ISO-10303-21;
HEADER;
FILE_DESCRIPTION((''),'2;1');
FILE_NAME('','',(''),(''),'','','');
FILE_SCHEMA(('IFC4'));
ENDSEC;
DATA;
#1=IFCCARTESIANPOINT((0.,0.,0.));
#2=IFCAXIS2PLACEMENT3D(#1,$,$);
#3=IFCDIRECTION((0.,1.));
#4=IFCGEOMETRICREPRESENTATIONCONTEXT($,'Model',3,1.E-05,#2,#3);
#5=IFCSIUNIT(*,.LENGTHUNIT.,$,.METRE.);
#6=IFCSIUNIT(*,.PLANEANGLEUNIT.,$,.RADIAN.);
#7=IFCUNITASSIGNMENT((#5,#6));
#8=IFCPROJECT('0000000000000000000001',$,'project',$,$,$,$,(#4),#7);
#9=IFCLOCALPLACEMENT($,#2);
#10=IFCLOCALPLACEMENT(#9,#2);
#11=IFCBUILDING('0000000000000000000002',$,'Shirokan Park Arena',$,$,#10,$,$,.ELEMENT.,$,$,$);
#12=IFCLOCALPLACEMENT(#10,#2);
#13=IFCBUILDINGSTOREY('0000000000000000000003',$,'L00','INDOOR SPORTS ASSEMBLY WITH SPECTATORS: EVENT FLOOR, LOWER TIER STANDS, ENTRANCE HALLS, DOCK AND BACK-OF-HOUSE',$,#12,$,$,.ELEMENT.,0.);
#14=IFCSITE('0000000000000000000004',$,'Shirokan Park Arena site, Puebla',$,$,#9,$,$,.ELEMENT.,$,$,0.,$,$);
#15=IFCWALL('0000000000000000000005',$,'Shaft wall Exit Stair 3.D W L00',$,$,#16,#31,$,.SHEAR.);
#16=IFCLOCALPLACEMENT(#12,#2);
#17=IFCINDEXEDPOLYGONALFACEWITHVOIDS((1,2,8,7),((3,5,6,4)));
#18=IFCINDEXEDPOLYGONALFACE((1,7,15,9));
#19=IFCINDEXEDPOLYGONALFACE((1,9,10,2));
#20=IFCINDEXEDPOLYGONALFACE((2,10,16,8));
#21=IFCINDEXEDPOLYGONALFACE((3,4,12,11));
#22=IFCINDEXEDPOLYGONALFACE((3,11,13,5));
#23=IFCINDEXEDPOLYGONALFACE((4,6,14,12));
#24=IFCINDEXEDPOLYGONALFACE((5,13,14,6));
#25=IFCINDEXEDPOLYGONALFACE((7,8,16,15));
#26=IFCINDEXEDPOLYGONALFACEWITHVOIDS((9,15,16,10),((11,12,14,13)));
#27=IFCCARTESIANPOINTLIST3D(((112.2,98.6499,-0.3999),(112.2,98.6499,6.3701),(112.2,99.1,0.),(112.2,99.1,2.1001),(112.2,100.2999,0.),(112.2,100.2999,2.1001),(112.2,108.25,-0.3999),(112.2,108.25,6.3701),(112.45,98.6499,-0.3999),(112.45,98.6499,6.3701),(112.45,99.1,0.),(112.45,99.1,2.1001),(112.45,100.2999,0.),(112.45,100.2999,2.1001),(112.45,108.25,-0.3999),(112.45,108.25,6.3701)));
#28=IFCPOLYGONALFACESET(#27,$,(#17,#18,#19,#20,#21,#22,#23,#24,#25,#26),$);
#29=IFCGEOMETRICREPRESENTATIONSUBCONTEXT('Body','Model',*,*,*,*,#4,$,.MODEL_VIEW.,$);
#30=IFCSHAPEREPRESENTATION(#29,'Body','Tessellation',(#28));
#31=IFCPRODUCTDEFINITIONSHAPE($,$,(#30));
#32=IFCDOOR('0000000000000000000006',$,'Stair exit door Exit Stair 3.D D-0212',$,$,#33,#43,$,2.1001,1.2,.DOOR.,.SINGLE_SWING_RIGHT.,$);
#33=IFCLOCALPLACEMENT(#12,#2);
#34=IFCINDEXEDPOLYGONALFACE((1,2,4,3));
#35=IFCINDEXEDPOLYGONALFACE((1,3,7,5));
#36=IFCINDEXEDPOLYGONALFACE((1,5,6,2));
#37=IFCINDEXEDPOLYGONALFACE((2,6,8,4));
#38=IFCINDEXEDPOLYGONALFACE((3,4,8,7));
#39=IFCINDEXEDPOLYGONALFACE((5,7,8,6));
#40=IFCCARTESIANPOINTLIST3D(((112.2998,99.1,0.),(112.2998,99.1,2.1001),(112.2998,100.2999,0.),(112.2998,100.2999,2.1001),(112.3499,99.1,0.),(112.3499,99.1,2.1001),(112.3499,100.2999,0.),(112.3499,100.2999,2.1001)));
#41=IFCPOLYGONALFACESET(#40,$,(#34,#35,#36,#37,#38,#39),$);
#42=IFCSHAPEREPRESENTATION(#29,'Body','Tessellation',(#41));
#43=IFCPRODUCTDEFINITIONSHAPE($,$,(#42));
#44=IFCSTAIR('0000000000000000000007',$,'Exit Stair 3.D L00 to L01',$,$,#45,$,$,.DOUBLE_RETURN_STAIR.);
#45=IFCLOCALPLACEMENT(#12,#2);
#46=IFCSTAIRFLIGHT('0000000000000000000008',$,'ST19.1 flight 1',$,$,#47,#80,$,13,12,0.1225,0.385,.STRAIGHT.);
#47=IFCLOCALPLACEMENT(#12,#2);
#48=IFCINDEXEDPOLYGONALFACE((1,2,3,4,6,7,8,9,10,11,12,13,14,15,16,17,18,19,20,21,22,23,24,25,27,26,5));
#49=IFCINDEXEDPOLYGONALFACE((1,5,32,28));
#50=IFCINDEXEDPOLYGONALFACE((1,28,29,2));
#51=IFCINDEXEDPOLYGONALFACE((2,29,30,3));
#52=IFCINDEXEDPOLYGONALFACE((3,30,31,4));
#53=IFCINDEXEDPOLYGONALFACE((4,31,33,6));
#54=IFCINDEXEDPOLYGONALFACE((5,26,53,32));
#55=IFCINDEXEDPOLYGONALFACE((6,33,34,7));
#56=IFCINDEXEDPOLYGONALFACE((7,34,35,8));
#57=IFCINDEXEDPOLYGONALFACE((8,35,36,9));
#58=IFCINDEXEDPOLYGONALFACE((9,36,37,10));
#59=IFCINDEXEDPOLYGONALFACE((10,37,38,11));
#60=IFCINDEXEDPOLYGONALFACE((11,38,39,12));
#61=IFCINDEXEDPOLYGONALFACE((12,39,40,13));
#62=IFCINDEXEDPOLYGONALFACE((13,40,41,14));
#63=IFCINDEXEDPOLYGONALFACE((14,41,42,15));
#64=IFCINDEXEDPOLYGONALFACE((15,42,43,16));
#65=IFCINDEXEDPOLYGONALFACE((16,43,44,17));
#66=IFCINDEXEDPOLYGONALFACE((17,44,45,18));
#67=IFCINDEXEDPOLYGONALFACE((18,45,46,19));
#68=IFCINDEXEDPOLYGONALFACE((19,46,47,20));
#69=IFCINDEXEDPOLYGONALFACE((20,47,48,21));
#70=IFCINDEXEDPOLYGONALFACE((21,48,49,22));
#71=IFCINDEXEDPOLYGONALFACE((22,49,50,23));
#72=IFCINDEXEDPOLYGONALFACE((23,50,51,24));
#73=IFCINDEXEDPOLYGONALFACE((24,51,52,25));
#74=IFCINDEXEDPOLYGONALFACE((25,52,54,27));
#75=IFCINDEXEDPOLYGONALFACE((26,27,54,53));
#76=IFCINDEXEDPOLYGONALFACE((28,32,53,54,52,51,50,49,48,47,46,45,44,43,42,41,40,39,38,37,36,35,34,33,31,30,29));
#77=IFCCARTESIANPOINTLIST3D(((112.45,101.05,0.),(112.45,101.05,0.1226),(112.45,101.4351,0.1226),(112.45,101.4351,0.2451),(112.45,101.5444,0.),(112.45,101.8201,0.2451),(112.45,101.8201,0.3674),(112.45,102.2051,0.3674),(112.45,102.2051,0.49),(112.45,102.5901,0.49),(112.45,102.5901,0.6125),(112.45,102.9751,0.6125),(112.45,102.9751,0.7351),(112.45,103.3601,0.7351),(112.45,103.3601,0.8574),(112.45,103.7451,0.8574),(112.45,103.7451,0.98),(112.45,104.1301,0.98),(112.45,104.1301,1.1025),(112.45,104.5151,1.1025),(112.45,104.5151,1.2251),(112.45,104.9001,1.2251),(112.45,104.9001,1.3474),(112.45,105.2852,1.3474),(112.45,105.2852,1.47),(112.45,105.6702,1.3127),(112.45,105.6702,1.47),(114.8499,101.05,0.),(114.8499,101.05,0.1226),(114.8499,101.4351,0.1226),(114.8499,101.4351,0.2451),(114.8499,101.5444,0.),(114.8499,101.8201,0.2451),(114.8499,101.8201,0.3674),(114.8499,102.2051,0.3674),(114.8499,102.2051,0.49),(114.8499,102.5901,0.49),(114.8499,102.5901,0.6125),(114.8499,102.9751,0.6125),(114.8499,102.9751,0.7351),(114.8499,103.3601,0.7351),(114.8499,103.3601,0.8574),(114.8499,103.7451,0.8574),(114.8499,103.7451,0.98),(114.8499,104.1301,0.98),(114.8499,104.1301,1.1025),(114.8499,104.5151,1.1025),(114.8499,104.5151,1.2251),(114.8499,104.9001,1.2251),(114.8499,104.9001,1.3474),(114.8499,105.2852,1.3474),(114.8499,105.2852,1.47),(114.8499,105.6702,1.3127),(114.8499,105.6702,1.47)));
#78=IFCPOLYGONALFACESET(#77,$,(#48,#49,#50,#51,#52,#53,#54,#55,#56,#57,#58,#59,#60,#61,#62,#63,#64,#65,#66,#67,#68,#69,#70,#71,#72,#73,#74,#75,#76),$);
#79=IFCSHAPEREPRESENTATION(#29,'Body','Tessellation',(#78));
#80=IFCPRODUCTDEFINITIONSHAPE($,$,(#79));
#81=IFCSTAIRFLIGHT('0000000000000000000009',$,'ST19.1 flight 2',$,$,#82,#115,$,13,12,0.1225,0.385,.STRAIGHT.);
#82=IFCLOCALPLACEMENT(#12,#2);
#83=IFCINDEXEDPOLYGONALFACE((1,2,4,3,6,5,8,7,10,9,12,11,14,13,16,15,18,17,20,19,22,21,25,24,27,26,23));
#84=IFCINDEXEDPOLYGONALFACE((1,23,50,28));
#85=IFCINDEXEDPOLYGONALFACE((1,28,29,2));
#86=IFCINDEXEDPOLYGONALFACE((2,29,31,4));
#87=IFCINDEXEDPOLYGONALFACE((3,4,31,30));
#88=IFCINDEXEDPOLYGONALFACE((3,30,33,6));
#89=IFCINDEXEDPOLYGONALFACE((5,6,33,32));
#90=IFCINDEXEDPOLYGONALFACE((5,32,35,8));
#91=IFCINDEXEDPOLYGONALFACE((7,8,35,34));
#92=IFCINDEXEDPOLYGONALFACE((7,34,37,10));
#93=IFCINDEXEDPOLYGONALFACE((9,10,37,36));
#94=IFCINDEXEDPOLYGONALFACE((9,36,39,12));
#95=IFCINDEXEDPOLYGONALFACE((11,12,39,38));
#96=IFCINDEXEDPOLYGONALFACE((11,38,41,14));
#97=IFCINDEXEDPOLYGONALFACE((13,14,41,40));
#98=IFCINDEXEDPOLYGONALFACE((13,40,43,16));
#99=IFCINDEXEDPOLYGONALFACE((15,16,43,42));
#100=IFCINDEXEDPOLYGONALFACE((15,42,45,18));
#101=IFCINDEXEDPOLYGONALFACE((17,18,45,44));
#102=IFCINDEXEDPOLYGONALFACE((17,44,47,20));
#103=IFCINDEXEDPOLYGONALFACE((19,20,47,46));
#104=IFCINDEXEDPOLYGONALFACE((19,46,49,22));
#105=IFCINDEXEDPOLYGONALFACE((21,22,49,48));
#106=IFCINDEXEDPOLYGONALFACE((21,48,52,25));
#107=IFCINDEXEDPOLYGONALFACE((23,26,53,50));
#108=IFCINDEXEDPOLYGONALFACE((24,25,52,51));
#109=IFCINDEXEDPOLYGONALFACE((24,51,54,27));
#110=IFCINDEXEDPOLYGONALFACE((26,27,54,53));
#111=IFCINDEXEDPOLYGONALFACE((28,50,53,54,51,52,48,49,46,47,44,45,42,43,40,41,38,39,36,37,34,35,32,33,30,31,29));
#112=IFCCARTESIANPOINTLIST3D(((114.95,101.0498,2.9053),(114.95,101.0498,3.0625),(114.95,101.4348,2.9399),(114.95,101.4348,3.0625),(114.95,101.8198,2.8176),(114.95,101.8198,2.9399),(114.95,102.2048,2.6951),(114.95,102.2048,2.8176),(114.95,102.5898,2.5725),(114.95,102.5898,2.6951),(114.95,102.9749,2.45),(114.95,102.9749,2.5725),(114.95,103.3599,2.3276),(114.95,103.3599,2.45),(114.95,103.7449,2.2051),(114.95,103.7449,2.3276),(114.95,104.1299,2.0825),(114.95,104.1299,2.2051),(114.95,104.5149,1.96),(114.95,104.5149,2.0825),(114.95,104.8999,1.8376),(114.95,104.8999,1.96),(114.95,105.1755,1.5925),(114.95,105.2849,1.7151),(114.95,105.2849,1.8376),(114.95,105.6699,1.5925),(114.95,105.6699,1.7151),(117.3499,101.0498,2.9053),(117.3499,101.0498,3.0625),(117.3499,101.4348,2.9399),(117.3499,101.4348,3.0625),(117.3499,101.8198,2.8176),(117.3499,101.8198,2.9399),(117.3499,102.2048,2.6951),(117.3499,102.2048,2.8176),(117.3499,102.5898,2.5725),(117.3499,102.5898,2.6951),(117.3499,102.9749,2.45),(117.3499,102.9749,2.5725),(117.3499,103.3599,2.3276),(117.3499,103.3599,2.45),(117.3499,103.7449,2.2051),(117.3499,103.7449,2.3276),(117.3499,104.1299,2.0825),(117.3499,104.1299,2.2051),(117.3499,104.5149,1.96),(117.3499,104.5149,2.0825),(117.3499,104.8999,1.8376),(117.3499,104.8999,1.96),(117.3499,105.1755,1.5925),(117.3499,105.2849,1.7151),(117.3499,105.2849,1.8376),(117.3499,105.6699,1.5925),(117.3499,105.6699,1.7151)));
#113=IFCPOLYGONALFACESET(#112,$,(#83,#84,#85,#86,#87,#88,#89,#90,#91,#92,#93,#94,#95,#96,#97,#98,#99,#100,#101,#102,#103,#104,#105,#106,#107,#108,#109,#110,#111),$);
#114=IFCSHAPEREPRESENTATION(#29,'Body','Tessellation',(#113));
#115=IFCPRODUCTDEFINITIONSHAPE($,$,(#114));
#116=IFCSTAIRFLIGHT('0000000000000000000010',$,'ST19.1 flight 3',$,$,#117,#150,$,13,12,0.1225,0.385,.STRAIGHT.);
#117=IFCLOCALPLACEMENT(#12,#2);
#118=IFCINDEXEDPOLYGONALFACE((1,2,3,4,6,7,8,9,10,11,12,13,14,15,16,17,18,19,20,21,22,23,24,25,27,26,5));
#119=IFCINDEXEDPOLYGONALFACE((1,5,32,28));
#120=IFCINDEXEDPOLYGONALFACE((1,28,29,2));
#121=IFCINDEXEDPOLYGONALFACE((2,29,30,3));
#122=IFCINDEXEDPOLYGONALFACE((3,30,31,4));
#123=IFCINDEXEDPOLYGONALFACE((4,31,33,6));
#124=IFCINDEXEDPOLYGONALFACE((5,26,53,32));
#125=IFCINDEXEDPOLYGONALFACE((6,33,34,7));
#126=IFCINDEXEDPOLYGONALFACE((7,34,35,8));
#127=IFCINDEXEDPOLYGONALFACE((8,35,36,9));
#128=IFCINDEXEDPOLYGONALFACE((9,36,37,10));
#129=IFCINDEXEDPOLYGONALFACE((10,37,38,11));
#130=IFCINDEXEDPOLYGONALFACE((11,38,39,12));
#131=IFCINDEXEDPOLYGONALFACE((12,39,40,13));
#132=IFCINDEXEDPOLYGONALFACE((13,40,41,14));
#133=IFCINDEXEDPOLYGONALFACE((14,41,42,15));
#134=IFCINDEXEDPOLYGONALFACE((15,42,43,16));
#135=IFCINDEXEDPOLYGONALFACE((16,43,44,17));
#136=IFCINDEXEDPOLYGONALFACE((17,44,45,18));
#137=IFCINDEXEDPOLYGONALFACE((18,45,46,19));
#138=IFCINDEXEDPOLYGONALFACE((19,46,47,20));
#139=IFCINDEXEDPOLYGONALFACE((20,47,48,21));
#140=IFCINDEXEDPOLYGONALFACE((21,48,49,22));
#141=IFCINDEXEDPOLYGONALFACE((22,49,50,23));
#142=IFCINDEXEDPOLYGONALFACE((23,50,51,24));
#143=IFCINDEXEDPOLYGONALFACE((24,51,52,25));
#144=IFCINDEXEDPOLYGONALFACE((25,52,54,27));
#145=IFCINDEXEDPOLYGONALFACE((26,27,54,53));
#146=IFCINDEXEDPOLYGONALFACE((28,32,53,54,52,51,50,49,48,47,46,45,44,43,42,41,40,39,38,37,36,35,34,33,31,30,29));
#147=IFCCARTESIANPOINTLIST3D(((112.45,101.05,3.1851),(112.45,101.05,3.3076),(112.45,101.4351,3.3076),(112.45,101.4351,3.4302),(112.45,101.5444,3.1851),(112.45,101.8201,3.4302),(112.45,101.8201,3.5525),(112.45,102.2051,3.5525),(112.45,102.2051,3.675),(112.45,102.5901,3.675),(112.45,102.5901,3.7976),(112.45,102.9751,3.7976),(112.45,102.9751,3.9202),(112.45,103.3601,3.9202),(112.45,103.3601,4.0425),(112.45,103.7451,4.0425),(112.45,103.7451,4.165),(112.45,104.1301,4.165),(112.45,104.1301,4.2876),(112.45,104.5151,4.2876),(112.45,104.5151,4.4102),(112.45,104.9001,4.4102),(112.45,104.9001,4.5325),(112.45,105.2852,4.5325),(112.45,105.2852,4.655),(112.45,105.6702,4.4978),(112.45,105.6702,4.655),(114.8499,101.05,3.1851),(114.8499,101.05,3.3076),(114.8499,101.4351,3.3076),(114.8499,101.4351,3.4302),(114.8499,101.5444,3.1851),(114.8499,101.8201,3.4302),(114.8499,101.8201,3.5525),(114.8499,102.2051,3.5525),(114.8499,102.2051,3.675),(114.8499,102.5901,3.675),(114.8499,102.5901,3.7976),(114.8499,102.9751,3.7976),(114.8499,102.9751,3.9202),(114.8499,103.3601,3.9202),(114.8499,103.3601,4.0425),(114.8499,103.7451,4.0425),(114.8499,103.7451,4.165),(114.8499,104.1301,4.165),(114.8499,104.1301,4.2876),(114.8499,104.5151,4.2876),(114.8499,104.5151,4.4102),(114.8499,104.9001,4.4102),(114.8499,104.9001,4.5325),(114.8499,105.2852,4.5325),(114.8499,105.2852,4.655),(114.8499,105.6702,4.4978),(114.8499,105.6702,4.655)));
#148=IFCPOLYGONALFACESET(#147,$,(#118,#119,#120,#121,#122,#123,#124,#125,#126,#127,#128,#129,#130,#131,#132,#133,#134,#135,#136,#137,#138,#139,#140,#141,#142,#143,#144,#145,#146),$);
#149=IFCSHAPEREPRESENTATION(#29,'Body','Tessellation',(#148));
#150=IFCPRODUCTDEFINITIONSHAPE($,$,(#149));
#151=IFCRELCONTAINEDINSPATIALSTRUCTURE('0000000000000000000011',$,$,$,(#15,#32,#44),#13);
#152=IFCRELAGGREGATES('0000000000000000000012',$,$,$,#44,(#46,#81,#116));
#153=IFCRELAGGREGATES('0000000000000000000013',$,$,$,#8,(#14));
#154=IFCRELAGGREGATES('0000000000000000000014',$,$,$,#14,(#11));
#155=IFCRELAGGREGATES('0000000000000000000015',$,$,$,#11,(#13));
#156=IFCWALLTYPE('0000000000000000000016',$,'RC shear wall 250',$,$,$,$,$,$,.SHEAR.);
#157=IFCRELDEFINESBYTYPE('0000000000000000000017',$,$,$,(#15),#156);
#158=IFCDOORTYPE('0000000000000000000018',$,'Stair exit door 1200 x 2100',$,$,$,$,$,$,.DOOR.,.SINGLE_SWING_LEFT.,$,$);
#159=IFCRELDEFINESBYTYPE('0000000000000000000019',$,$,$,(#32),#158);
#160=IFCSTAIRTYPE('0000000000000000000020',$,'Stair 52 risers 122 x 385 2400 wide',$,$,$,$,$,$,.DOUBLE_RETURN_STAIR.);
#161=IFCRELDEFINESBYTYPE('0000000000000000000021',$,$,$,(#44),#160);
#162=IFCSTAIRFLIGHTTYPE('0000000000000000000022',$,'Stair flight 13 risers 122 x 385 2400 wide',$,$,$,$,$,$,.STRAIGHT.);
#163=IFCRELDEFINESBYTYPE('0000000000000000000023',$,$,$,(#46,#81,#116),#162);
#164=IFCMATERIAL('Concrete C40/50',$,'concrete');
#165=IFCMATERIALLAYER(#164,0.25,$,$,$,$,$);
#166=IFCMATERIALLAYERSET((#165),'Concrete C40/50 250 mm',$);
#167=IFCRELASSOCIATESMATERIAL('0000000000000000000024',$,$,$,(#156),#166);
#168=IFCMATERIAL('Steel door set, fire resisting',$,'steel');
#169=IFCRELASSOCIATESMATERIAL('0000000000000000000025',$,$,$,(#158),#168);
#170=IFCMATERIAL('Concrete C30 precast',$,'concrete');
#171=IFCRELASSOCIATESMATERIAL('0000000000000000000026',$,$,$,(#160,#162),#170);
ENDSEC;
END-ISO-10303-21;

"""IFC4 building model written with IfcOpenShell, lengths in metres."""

from ifc_helpers import new_model, si_unit, direction, frame, frame_2d, origin, place, context, subcontext, project, spatial, polyline, rectangle, outline, extrude, material, layer, layer_set, type_object, element, fill, aggregate, save


model = new_model("IFC4")

# Units and contexts
model_context = context("Model", 3, precision=1e-05, world=origin(), true_north=direction((0.0, 1.0)))
body_context = subcontext(model_context, "Body", "Model", "MODEL_VIEW")
ifc_project = project(units=[si_unit("LENGTHUNIT", "METRE"), si_unit("PLANEANGLEUNIT", "RADIAN")], contexts=[model_context])

# Site, building, storey
site_placement = place(None, origin())
site = spatial("IfcSite", under=ifc_project, at=site_placement, Name="Shirokan Park Arena site, Puebla", CompositionType="ELEMENT", RefElevation=0.0)
building_placement = place(site_placement, origin())
building = spatial("IfcBuilding", under=site, at=building_placement, Name="Shirokan Park Arena", CompositionType="ELEMENT")
storey_placement = place(building_placement, origin())
storey = spatial("IfcBuildingStorey", under=building, at=storey_placement, Name="L00", Description="INDOOR SPORTS ASSEMBLY WITH SPECTATORS: EVENT FLOOR, LOWER TIER STANDS, ENTRANCE HALLS, DOCK AND BACK-OF-HOUSE", CompositionType="ELEMENT", Elevation=0.0)

# Wall, opening, door
ifc_material_1 = material(Name="Concrete C40/50", Category="concrete")
ifc_layer = layer(ifc_material_1, 0.25)
ifc_layer_set = layer_set([ifc_layer], Name="Concrete C40/50 250 mm")
wall_type = type_object("IfcWallType", Name="RC shear wall 250", PredefinedType="SHEAR", material=ifc_layer_set)
wall_placement = place(storey_placement, frame((112.325, 108.25, -0.3999), z_axis=(0.0, 0.0, 1.0), x_axis=(0.0, -1.0, 0.0)))
wall = element("IfcWall", 1, at=wall_placement, inside=storey, type_object=wall_type, Name="Shaft wall Exit Stair 3.D W L00", PredefinedType="SHEAR", context=body_context, shape_type="SweptSolid", body=[
    extrude(rectangle(XDim=9.6001, YDim=0.25, at=frame_2d((4.8, 0.0))), origin(), (0.0, 0.0, 1.0), 6.77),
])
opening_placement = place(wall_placement, frame((7.95, 0.0, 0.3999)))
opening = element("IfcOpeningElement", 2, at=opening_placement, cuts=wall, PredefinedType="OPENING", context=body_context, shape_type="SweptSolid", body=[
    extrude(rectangle(XDim=1.2, YDim=2.1001, at=frame_2d((0.6001, 1.05))), frame((0.0, 0.135, 0.0), z_axis=(0.0, -1.0, 0.0), x_axis=(1.0, 0.0, 0.0)), (0.0, 0.0, 1.0), 0.27),
])
ifc_material_2 = material(Name="Steel door set, fire resisting", Category="steel")
door_type = type_object("IfcDoorType", Name="Stair exit door 1200 x 2100", OperationType="SINGLE_SWING_LEFT", PredefinedType="DOOR", material=ifc_material_2)
door_placement = place(opening_placement, origin())
door = element("IfcDoor", 3, at=door_placement, inside=storey, type_object=door_type, Name="Stair exit door Exit Stair 3.D D-0212", OperationType="SINGLE_SWING_RIGHT", OverallHeight=2.1001, OverallWidth=1.2, PredefinedType="DOOR", context=body_context, shape_type="SweptSolid", body=[
    extrude(rectangle(XDim=1.2, YDim=2.1001, at=frame_2d((0.6001, 1.05))), frame((0.0, 0.0249, 0.0), z_axis=(0.0, -1.0, 0.0), x_axis=(1.0, 0.0, 0.0)), (0.0, 0.0, 1.0), 0.05),
])
fill(opening, door)

# Stair, stair flights
ifc_material_3 = material(Name="Concrete C30 precast", Category="concrete")
stair_type = type_object("IfcStairType", Name="Stair 52 risers 122 x 385 2400 wide", PredefinedType="DOUBLE_RETURN_STAIR", material=ifc_material_3)
stair_placement = place(storey_placement, origin())
stair = element("IfcStair", 4, at=stair_placement, inside=storey, type_object=stair_type, Name="Exit Stair 3.D L00 to L01", PredefinedType="DOUBLE_RETURN_STAIR")
stair_flight_type = type_object("IfcStairFlightType", Name="Stair flight 13 risers 122 x 385 2400 wide", PredefinedType="STRAIGHT", material=ifc_material_3)
stair_flight_1_placement = place(storey_placement, frame((113.6499, 101.05, 0.0), z_axis=(0.0, 0.0, 1.0), x_axis=(0.0, 1.0, 0.0)))
stair_flight_1 = element("IfcStairFlight", 5, at=stair_flight_1_placement, type_object=stair_flight_type, Name="ST19.1 flight 1", NumberOfRisers=13, NumberOfTreads=12, PredefinedType="STRAIGHT", RiserHeight=0.1225, TreadLength=0.385, context=body_context, shape_type="SweptSolid", body=[
    extrude(outline(polyline([(0.0, 0.0), (0.0, 0.1226), (0.385, 0.1226), (0.385, 0.2451), (0.77, 0.2451), (0.77, 0.3674), (1.155, 0.3674), (1.155, 0.49), (1.54, 0.49), (1.54, 0.6125), (1.925, 0.6125), (1.925, 0.7351), (2.3101, 0.7351), (2.3101, 0.8574), (2.6951, 0.8574), (2.6951, 0.98), (3.0801, 0.98), (3.0801, 1.1025), (3.4651, 1.1025), (3.4651, 1.2251), (3.8501, 1.2251), (3.8501, 1.3474), (4.2351, 1.3474), (4.2351, 1.47), (4.6201, 1.47), (4.6201, 1.5925), (4.6201, 1.3127), (0.4944, 0.0), (0.0, 0.0)])), frame((0.0, 1.2, 0.0), z_axis=(0.0, -1.0, 0.0), x_axis=(1.0, 0.0, 0.0)), (0.0, 0.0, 1.0), 2.3999),
])
stair_flight_2_placement = place(storey_placement, frame((116.1499, 105.6699, 1.5925), z_axis=(0.0, 0.0, 1.0), x_axis=(0.0, -1.0, 0.0)))
stair_flight_2 = element("IfcStairFlight", 6, at=stair_flight_2_placement, type_object=stair_flight_type, Name="ST19.1 flight 2", NumberOfRisers=13, NumberOfTreads=12, PredefinedType="STRAIGHT", RiserHeight=0.1225, TreadLength=0.385, context=body_context, shape_type="SweptSolid", body=[
    extrude(outline(polyline([(0.0, 0.0), (0.0, 0.1226), (0.385, 0.1226), (0.385, 0.2451), (0.77, 0.2451), (0.77, 0.3674), (1.155, 0.3674), (1.155, 0.49), (1.54, 0.49), (1.54, 0.6125), (1.925, 0.6125), (1.925, 0.7351), (2.3101, 0.7351), (2.3101, 0.8574), (2.6951, 0.8574), (2.6951, 0.98), (3.0801, 0.98), (3.0801, 1.1025), (3.4651, 1.1025), (3.4651, 1.2251), (3.8501, 1.2251), (3.8501, 1.3474), (4.2351, 1.3474), (4.2351, 1.47), (4.6201, 1.47), (4.6201, 1.5925), (4.6201, 1.3127), (0.4944, 0.0), (0.0, 0.0)])), frame((0.0, 1.2, 0.0), z_axis=(0.0, -1.0, 0.0), x_axis=(1.0, 0.0, 0.0)), (0.0, 0.0, 1.0), 2.3999),
])
stair_flight_3_placement = place(storey_placement, frame((113.6499, 101.05, 3.1851), z_axis=(0.0, 0.0, 1.0), x_axis=(0.0, 1.0, 0.0)))
stair_flight_3 = element("IfcStairFlight", 7, at=stair_flight_3_placement, type_object=stair_flight_type, Name="ST19.1 flight 3", NumberOfRisers=13, NumberOfTreads=12, PredefinedType="STRAIGHT", RiserHeight=0.1225, TreadLength=0.385, context=body_context, shape_type="SweptSolid", body=[
    extrude(outline(polyline([(0.0, 0.0), (0.0, 0.1226), (0.385, 0.1226), (0.385, 0.2451), (0.77, 0.2451), (0.77, 0.3674), (1.155, 0.3674), (1.155, 0.49), (1.54, 0.49), (1.54, 0.6125), (1.925, 0.6125), (1.925, 0.7351), (2.3101, 0.7351), (2.3101, 0.8574), (2.6951, 0.8574), (2.6951, 0.98), (3.0801, 0.98), (3.0801, 1.1025), (3.4651, 1.1025), (3.4651, 1.2251), (3.8501, 1.2251), (3.8501, 1.3474), (4.2351, 1.3474), (4.2351, 1.47), (4.6201, 1.47), (4.6201, 1.5925), (4.6201, 1.3127), (0.4944, 0.0), (0.0, 0.0)])), frame((0.0, 1.2, 0.0), z_axis=(0.0, -1.0, 0.0), x_axis=(1.0, 0.0, 0.0)), (0.0, 0.0, 1.0), 2.3999),
])
aggregate(stair, [stair_flight_1, stair_flight_2, stair_flight_3])

save(model, "model.ifc")
